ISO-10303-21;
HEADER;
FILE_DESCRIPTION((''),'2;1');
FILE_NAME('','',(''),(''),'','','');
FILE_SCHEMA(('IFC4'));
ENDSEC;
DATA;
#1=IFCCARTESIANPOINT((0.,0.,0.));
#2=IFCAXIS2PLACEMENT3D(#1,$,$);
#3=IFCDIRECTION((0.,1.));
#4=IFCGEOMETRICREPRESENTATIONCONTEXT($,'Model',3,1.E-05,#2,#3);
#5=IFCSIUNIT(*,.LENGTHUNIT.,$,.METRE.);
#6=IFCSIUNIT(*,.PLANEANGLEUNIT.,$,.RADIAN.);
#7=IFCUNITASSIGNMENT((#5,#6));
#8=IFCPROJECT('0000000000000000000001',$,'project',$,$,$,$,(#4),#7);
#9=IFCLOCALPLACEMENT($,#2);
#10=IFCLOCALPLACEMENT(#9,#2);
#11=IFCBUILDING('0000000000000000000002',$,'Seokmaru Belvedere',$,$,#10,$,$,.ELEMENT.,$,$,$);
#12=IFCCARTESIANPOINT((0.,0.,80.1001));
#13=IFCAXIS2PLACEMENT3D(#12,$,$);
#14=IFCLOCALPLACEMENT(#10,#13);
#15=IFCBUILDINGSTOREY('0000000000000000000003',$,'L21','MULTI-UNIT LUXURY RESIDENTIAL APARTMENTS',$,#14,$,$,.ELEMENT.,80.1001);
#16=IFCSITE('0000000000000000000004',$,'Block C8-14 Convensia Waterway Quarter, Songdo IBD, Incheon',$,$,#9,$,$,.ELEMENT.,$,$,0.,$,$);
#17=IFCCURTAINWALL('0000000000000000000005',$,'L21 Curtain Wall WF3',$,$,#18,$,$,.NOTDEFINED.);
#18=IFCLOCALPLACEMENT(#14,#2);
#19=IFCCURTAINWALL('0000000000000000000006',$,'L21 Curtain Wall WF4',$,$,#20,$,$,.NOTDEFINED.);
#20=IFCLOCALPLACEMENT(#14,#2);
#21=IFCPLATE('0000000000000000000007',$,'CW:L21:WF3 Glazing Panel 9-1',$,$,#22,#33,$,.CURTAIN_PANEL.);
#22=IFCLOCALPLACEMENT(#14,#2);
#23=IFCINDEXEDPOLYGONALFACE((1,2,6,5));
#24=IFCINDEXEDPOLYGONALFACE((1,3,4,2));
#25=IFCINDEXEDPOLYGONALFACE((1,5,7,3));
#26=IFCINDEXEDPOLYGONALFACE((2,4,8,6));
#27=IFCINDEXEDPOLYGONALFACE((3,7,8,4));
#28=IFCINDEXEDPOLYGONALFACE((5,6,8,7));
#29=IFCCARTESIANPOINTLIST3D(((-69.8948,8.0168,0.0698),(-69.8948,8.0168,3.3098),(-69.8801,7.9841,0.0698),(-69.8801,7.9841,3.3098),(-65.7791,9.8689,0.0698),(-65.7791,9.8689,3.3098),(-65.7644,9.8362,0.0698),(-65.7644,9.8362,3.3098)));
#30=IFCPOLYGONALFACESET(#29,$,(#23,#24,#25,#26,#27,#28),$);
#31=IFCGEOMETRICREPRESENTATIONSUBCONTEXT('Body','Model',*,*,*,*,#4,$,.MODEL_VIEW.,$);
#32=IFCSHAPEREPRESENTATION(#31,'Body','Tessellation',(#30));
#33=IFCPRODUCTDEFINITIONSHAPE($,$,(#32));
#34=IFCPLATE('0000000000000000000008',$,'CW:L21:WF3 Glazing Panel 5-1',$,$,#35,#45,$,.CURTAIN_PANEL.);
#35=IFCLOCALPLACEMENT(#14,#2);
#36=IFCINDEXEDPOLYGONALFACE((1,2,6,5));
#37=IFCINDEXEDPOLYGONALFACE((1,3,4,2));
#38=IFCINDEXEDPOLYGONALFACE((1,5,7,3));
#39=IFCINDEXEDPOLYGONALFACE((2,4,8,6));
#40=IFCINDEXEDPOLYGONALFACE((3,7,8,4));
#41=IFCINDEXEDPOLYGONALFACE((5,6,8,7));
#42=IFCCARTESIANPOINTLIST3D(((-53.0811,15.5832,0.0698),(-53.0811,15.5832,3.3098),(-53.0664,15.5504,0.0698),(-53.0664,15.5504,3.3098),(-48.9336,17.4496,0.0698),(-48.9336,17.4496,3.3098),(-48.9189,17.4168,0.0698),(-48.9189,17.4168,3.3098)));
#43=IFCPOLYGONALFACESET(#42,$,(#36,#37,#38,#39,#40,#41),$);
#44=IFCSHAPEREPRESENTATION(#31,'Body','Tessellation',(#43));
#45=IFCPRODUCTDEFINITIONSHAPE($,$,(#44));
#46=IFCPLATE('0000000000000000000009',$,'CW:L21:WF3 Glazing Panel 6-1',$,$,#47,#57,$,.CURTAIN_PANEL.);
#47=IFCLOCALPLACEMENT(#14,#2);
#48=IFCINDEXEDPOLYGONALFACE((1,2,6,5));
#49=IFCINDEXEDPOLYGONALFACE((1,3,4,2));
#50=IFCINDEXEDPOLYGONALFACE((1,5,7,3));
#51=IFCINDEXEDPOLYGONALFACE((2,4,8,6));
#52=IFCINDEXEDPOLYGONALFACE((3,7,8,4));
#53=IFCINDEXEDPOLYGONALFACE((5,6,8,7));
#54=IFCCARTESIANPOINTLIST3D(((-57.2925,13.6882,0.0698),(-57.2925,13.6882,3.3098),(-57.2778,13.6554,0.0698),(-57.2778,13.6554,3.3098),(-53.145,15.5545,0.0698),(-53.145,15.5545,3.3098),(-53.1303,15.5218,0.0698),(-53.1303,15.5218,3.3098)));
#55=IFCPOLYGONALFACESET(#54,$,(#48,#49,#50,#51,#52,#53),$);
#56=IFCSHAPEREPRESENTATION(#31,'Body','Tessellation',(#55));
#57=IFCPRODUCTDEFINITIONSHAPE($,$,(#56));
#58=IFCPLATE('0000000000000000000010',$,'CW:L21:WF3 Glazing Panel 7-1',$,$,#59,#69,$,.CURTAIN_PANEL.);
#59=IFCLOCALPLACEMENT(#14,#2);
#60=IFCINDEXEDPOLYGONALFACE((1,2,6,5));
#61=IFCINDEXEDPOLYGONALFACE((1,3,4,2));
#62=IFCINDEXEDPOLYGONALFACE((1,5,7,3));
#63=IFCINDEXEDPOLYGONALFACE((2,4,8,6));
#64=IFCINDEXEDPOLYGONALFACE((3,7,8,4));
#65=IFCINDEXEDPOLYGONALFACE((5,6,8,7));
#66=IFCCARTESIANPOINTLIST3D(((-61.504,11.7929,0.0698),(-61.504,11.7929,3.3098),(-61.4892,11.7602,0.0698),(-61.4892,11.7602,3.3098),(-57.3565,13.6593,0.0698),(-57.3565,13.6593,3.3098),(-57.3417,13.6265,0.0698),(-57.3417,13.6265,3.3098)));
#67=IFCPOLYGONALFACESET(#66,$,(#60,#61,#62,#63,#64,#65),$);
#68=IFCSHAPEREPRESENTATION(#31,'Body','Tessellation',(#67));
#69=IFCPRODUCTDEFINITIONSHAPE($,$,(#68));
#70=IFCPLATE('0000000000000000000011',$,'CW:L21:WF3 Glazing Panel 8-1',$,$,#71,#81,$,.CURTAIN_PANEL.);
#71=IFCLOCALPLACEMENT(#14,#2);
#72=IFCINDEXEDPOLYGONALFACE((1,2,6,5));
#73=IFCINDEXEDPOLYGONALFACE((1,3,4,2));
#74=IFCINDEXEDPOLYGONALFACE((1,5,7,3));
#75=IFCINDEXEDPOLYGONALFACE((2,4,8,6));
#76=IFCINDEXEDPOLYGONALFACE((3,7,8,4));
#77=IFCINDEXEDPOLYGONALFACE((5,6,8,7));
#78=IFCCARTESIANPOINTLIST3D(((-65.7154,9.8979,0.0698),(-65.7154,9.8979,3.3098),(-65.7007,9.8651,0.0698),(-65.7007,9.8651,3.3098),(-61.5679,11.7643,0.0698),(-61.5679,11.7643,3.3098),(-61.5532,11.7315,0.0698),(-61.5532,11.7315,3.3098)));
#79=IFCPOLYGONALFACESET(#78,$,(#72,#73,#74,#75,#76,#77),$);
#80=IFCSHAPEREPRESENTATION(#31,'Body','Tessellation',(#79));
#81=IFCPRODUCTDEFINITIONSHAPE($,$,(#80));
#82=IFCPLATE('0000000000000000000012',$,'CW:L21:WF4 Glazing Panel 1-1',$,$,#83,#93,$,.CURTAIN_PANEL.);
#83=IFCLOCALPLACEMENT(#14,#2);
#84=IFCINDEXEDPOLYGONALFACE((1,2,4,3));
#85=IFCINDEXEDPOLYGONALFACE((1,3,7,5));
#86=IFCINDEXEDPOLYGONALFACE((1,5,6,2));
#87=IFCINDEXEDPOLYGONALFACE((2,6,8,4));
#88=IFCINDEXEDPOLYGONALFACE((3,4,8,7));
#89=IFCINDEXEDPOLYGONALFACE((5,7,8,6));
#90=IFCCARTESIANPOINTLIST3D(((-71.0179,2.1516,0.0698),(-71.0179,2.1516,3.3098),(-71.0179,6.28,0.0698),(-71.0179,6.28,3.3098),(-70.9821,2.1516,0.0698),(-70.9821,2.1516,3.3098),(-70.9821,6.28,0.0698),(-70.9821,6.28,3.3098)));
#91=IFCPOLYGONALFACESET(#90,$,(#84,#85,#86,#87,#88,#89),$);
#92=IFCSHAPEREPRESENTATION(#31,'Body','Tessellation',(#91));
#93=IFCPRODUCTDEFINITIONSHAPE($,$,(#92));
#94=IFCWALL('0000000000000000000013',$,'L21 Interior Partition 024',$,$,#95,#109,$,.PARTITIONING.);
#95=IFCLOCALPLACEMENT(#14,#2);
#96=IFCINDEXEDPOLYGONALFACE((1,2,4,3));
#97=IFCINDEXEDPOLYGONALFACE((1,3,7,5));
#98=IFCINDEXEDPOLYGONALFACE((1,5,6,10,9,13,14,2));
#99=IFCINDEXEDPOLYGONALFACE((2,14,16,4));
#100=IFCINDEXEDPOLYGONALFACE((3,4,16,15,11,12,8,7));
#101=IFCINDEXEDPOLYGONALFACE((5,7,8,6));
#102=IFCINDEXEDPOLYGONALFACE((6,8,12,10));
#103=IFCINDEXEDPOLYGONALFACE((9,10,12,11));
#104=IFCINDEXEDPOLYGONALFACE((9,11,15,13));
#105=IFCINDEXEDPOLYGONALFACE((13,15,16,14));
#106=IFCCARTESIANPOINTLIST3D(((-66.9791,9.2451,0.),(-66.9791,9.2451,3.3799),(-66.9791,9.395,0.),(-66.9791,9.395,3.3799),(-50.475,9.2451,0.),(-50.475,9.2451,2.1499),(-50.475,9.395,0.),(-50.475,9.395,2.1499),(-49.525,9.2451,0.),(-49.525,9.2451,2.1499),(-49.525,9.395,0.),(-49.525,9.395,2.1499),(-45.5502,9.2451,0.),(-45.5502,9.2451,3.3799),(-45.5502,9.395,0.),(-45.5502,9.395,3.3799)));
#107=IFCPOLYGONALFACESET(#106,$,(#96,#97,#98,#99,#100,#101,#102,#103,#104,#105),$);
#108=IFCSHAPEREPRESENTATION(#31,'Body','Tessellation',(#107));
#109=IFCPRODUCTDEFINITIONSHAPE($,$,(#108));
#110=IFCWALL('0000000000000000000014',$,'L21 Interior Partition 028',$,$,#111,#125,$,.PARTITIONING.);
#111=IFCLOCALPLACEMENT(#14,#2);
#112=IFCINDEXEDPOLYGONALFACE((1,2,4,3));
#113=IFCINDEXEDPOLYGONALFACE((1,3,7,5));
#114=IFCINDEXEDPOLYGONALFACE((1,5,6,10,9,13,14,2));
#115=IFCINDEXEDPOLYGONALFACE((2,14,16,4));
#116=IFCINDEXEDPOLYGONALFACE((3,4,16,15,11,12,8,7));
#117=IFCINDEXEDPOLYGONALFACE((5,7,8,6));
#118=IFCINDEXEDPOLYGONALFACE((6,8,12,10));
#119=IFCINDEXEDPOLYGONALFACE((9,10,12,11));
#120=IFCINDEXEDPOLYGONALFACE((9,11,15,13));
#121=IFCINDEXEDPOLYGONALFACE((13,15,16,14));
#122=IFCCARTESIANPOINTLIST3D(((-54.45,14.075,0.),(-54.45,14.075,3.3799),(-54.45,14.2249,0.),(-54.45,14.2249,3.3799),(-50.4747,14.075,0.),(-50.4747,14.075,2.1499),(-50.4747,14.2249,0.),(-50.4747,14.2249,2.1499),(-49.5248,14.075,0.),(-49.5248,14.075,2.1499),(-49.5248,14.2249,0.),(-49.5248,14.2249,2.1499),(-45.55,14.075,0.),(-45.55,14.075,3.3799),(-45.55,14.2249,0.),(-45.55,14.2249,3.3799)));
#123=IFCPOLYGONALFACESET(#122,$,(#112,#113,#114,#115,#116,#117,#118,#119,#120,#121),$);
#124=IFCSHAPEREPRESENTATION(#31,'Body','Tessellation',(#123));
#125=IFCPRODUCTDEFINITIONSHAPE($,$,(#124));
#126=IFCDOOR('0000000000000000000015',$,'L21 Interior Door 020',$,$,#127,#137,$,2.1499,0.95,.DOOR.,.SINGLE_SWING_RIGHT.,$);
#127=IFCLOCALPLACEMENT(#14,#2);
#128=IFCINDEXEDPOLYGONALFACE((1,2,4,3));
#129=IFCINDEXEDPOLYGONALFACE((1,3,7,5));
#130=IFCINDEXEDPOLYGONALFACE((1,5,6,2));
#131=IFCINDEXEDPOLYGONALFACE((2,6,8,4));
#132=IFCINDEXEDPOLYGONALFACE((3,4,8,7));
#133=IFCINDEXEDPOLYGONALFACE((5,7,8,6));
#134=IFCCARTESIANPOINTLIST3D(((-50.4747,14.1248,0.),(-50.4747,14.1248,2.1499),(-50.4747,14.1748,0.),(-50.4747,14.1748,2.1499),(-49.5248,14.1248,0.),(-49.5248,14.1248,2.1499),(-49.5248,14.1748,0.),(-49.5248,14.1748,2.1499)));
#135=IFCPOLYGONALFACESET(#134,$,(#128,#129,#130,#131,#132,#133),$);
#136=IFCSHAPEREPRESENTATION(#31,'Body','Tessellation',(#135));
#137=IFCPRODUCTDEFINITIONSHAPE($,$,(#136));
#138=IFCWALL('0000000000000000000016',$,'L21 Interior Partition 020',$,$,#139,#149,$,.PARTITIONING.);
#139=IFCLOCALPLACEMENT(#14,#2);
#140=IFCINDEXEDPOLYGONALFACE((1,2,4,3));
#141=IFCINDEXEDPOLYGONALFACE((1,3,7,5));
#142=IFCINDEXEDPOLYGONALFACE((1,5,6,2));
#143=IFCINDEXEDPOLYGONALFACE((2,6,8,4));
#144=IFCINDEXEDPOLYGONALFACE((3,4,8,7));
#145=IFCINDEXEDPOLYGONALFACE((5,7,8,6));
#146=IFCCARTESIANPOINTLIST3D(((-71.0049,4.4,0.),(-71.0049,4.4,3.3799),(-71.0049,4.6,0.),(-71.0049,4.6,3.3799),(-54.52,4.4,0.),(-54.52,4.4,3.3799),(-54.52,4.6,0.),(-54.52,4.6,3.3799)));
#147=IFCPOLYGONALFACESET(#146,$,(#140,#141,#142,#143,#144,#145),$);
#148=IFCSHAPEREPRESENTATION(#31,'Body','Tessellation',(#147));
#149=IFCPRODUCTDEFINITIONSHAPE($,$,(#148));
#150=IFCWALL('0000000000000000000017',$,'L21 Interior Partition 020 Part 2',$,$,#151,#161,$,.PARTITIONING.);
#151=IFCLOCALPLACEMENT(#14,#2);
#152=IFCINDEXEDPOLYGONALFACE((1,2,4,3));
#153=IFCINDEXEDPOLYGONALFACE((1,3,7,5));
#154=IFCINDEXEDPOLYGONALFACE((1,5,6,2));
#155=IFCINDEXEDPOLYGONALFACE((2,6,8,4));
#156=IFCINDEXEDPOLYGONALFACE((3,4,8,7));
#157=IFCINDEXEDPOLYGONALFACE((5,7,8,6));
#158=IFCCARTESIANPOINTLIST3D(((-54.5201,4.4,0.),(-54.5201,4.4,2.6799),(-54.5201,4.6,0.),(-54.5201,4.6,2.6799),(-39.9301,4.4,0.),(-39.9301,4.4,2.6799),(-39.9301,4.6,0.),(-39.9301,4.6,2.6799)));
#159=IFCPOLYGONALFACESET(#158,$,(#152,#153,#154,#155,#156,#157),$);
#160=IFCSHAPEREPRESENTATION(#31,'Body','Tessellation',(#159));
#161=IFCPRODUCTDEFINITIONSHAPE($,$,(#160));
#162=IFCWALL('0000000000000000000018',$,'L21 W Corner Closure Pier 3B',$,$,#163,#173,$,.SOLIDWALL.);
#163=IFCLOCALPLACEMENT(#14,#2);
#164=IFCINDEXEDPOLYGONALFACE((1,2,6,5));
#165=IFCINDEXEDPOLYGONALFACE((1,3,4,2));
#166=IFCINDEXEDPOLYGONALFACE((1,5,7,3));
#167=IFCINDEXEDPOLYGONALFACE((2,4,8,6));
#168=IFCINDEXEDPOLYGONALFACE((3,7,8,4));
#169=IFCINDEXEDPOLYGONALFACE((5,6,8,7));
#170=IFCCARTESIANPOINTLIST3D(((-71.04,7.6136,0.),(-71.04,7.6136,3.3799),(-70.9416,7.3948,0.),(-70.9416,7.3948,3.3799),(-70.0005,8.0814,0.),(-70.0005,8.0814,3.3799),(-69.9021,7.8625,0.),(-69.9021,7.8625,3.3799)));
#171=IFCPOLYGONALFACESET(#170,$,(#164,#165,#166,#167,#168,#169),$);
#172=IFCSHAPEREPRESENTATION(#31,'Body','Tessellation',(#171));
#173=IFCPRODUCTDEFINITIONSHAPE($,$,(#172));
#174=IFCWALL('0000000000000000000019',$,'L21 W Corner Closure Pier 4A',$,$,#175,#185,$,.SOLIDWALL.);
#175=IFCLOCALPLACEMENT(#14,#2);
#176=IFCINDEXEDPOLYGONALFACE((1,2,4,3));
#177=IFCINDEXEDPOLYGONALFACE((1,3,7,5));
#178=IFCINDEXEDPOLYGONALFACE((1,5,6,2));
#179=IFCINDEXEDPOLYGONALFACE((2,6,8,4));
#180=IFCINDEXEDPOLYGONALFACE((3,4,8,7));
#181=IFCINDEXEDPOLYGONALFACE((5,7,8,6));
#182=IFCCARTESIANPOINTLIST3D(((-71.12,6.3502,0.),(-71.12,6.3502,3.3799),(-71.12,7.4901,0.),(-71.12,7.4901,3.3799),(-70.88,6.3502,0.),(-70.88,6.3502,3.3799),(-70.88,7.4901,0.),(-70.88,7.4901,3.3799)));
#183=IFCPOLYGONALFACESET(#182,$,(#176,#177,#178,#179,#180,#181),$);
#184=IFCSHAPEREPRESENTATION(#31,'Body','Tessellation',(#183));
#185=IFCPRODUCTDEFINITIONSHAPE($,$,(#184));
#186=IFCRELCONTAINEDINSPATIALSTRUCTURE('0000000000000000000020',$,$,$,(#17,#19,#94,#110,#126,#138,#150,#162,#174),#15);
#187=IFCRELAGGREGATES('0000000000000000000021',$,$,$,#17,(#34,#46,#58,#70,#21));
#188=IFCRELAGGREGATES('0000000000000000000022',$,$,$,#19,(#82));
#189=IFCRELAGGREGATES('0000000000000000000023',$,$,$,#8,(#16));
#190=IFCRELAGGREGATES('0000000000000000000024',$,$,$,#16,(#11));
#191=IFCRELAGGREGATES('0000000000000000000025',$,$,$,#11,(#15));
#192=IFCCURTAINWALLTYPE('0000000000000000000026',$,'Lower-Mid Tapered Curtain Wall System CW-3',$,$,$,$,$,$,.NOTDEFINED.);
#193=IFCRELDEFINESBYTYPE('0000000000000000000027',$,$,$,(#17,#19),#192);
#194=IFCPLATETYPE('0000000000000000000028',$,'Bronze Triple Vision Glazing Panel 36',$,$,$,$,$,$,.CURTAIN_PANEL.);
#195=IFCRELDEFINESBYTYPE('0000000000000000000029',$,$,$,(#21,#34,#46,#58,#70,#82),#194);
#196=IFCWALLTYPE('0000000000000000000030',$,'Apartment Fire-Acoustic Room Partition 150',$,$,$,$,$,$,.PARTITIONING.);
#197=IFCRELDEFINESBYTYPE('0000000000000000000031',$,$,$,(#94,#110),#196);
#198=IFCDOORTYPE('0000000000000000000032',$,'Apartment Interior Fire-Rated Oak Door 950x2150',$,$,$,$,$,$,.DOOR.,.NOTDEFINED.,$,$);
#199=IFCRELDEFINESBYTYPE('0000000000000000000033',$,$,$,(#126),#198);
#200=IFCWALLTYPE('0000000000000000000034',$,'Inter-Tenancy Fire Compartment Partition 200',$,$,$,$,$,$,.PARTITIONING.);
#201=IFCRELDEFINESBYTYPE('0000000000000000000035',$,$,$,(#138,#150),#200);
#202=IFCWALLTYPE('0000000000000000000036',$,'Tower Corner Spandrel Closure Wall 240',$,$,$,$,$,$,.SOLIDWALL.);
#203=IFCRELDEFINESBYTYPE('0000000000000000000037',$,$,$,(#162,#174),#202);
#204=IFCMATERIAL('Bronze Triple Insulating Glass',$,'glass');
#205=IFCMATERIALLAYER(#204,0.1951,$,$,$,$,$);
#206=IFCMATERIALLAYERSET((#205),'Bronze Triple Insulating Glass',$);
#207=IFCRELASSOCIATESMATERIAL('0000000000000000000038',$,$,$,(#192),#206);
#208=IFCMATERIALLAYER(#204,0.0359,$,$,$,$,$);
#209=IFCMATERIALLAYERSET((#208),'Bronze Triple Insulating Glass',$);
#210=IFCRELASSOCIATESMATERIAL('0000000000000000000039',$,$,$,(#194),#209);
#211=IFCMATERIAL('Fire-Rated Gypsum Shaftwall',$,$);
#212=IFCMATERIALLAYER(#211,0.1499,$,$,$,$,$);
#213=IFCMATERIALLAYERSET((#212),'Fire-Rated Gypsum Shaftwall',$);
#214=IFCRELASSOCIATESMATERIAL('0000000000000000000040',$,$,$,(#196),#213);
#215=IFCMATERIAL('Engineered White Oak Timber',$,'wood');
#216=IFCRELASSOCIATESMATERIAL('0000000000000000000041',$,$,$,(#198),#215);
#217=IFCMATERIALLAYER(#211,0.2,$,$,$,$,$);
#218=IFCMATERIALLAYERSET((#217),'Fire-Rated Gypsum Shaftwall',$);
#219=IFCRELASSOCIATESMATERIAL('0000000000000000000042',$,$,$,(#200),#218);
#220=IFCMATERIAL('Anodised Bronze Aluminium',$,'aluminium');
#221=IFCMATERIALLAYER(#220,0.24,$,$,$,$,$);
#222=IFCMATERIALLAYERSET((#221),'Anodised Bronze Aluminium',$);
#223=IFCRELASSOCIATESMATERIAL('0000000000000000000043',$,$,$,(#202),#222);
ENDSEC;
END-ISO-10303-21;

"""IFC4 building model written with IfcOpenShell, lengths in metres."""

from ifc_helpers import new_model, si_unit, direction, frame, frame_2d, origin, origin_2d, place, context, subcontext, project, spatial, rectangle, extrude, source, transform, mapped, material, layer, layer_set, type_object, type_shapes, element, fill, aggregate, save


model = new_model("IFC4")

# Units and contexts
model_context = context("Model", 3, precision=1e-05, world=origin(), true_north=direction((0.0, 1.0)))
body_context = subcontext(model_context, "Body", "Model", "MODEL_VIEW")
ifc_project = project(units=[si_unit("LENGTHUNIT", "METRE"), si_unit("PLANEANGLEUNIT", "RADIAN")], contexts=[model_context])

# Site, building, storey
site_placement = place(None, origin())
site = spatial("IfcSite", under=ifc_project, at=site_placement, Name="Block C8-14 Convensia Waterway Quarter, Songdo IBD, Incheon", CompositionType="ELEMENT", RefElevation=0.0)
building_placement = place(site_placement, origin())
building = spatial("IfcBuilding", under=site, at=building_placement, Name="Seokmaru Belvedere", CompositionType="ELEMENT")
storey_placement = place(building_placement, frame((0.0, 0.0, 80.1001)))
storey = spatial("IfcBuildingStorey", under=building, at=storey_placement, Name="L21", Description="MULTI-UNIT LUXURY RESIDENTIAL APARTMENTS", CompositionType="ELEMENT", Elevation=80.1001)

# Curtain walls
ifc_material_1 = material(Name="Bronze Triple Insulating Glass", Category="glass")
ifc_layer_1 = layer(ifc_material_1, 0.1951)
ifc_layer_set_1 = layer_set([ifc_layer_1], Name="Bronze Triple Insulating Glass")
curtain_wall_type = type_object("IfcCurtainWallType", Name="Lower-Mid Tapered Curtain Wall System CW-3", PredefinedType="NOTDEFINED", material=ifc_layer_set_1)
curtain_wall_1_placement = place(storey_placement, origin())
curtain_wall_1 = element("IfcCurtainWall", 1, at=curtain_wall_1_placement, inside=storey, type_object=curtain_wall_type, Name="L21 Curtain Wall WF3", PredefinedType="NOTDEFINED")
ifc_material_2 = material(Name="Anodised Bronze Aluminium", Category="aluminium")
curtain_wall_2_placement = place(storey_placement, origin())
curtain_wall_2 = element("IfcCurtainWall", 2, at=curtain_wall_2_placement, inside=storey, type_object=curtain_wall_type, Name="L21 Curtain Wall WF4", PredefinedType="NOTDEFINED")

# Plates
ifc_layer_2 = layer(ifc_material_1, 0.0359)
ifc_layer_set_2 = layer_set([ifc_layer_2], Name="Bronze Triple Insulating Glass")
plate_type = type_object("IfcPlateType", Name="Bronze Triple Vision Glazing Panel 36", PredefinedType="CURTAIN_PANEL", material=ifc_layer_set_2)
shared_shape_1 = source(origin(), body_context, "Body", "SweptSolid", [
    extrude(rectangle(XDim=4.5132, YDim=0.0359, at=origin_2d()), origin(), (0.0, 0.0, 1.0), 3.24),
])
plate_1_placement = place(storey_placement, frame((-67.8296, 8.9265, 0.0698), z_axis=(0.0, 0.0, 1.0), x_axis=(-0.911921, -0.410366, 0.0)))
plate_1 = element("IfcPlate", 3, at=plate_1_placement, type_object=plate_type, Name="CW:L21:WF3 Glazing Panel 9-1", PredefinedType="CURTAIN_PANEL", context=body_context, shape_type="MappedRepresentation", body=[
    mapped(shared_shape_1, transform((0.0, 0.0, 0.0), scale=1.0)),
])
shared_shape_2 = source(origin(), body_context, "Body", "SweptSolid", [
    extrude(rectangle(XDim=4.5481, YDim=0.0359, at=origin_2d()), origin(), (0.0, 0.0, 1.0), 3.24),
])
plate_2_placement = place(storey_placement, frame((-51.0, 16.5, 0.0698), z_axis=(0.0, 0.0, 1.0), x_axis=(-0.911921, -0.410366, 0.0)))
plate_2 = element("IfcPlate", 4, at=plate_2_placement, type_object=plate_type, Name="CW:L21:WF3 Glazing Panel 5-1", PredefinedType="CURTAIN_PANEL", context=body_context, shape_type="MappedRepresentation", body=[
    mapped(shared_shape_2, transform((0.0, 0.0, 0.0), scale=1.0)),
])
plate_3_placement = place(storey_placement, frame((-55.2114, 14.605, 0.0698), z_axis=(0.0, 0.0, 1.0), x_axis=(-0.911921, -0.410366, 0.0)))
plate_3 = element("IfcPlate", 5, at=plate_3_placement, type_object=plate_type, Name="CW:L21:WF3 Glazing Panel 6-1", PredefinedType="CURTAIN_PANEL", context=body_context, shape_type="MappedRepresentation", body=[
    mapped(shared_shape_2, transform((0.0, 0.0, 0.0), scale=1.0)),
])
plate_4_placement = place(storey_placement, frame((-59.4229, 12.7097, 0.0698), z_axis=(0.0, 0.0, 1.0), x_axis=(-0.911921, -0.410366, 0.0)))
plate_4 = element("IfcPlate", 6, at=plate_4_placement, type_object=plate_type, Name="CW:L21:WF3 Glazing Panel 7-1", PredefinedType="CURTAIN_PANEL", context=body_context, shape_type="MappedRepresentation", body=[
    mapped(shared_shape_2, transform((0.0, 0.0, 0.0), scale=1.0)),
])
plate_5_placement = place(storey_placement, frame((-63.6343, 10.8147, 0.0698), z_axis=(0.0, 0.0, 1.0), x_axis=(-0.911921, -0.410366, 0.0)))
plate_5 = element("IfcPlate", 7, at=plate_5_placement, type_object=plate_type, Name="CW:L21:WF3 Glazing Panel 8-1", PredefinedType="CURTAIN_PANEL", context=body_context, shape_type="MappedRepresentation", body=[
    mapped(shared_shape_2, transform((0.0, 0.0, 0.0), scale=1.0)),
])
aggregate(curtain_wall_1, [plate_2, plate_3, plate_4, plate_5, plate_1])
shared_shape_3 = source(origin(), body_context, "Body", "SweptSolid", [
    extrude(rectangle(XDim=4.1284, YDim=0.0359, at=origin_2d()), origin(), (0.0, 0.0, 1.0), 3.24),
])
type_shapes(plate_type, [shared_shape_1, shared_shape_2, shared_shape_3])
plate_6_placement = place(storey_placement, frame((-71.0, 4.2158, 0.0698), z_axis=(0.0, 0.0, 1.0), x_axis=(0.0, -1.0, 0.0)))
plate_6 = element("IfcPlate", 8, at=plate_6_placement, type_object=plate_type, Name="CW:L21:WF4 Glazing Panel 1-1", PredefinedType="CURTAIN_PANEL", context=body_context, shape_type="MappedRepresentation", body=[
    mapped(shared_shape_3, transform((0.0, 0.0, 0.0), scale=1.0)),
])
aggregate(curtain_wall_2, [plate_6])

# Wall, opening
ifc_material_3 = material(Name="Fire-Rated Gypsum Shaftwall")
ifc_layer_3 = layer(ifc_material_3, 0.1499)
ifc_layer_set_3 = layer_set([ifc_layer_3], Name="Fire-Rated Gypsum Shaftwall")
wall_type_1 = type_object("IfcWallType", Name="Apartment Fire-Acoustic Room Partition 150", PredefinedType="PARTITIONING", material=ifc_layer_set_3)
wall_1_placement = place(storey_placement, frame((-66.979, 9.3201, 0.0), z_axis=(0.0, 0.0, 1.0), x_axis=(1.0, 0.0, 0.0)))
wall_1 = element("IfcWall", 9, at=wall_1_placement, inside=storey, type_object=wall_type_1, Name="L21 Interior Partition 024", PredefinedType="PARTITIONING", context=body_context, shape_type="SweptSolid", body=[
    extrude(rectangle(XDim=21.429, YDim=0.1499, at=frame_2d((10.7144, 0.0))), origin(), (0.0, 0.0, 1.0), 3.3799),
])
opening_1_placement = place(wall_1_placement, frame((16.5039, 0.0, 0.0)))
element("IfcOpeningElement", 10, at=opening_1_placement, cuts=wall_1, PredefinedType="OPENING", context=body_context, shape_type="SweptSolid", body=[
    extrude(rectangle(XDim=0.95, YDim=2.1499, at=frame_2d((0.4751, 1.075))), frame((0.0, 0.085, 0.0), z_axis=(0.0, -1.0, 0.0), x_axis=(1.0, 0.0, 0.0)), (0.0, 0.0, 1.0), 0.1699),
])

# Wall, opening, door
wall_2_placement = place(storey_placement, frame((-54.45, 14.1499, 0.0), z_axis=(0.0, 0.0, 1.0), x_axis=(1.0, 0.0, 0.0)))
wall_2 = element("IfcWall", 11, at=wall_2_placement, inside=storey, type_object=wall_type_1, Name="L21 Interior Partition 028", PredefinedType="PARTITIONING", context=body_context, shape_type="SweptSolid", body=[
    extrude(rectangle(XDim=8.8999, YDim=0.1499, at=frame_2d((4.45, 0.0))), origin(), (0.0, 0.0, 1.0), 3.3799),
])
opening_2_placement = place(wall_2_placement, frame((3.9751, 0.0, 0.0)))
opening_2 = element("IfcOpeningElement", 12, at=opening_2_placement, cuts=wall_2, PredefinedType="OPENING", context=body_context, shape_type="SweptSolid", body=[
    extrude(rectangle(XDim=0.95, YDim=2.1499, at=frame_2d((0.4751, 1.075))), frame((0.0, 0.085, 0.0), z_axis=(0.0, -1.0, 0.0), x_axis=(1.0, 0.0, 0.0)), (0.0, 0.0, 1.0), 0.1699),
])
ifc_material_4 = material(Name="Engineered White Oak Timber", Category="wood")
door_type = type_object("IfcDoorType", Name="Apartment Interior Fire-Rated Oak Door 950x2150", OperationType="NOTDEFINED", PredefinedType="DOOR", material=ifc_material_4)
shared_shape_4 = source(origin(), body_context, "Body", "SweptSolid", [
    extrude(rectangle(XDim=0.95, YDim=2.1499, at=frame_2d((0.4751, 1.075))), frame((0.0, 0.0249, 0.0), z_axis=(0.0, -1.0, 0.0), x_axis=(1.0, 0.0, 0.0)), (0.0, 0.0, 1.0), 0.05),
])
type_shapes(door_type, [shared_shape_4])
door_placement = place(opening_2_placement, origin())
door = element("IfcDoor", 13, at=door_placement, inside=storey, type_object=door_type, Name="L21 Interior Door 020", OperationType="SINGLE_SWING_RIGHT", OverallHeight=2.1499, OverallWidth=0.95, PredefinedType="DOOR", context=body_context, shape_type="MappedRepresentation", body=[
    mapped(shared_shape_4, transform((0.0, 0.0, 0.0), scale=1.0)),
])
fill(opening_2, door)

# Walls
ifc_layer_4 = layer(ifc_material_3, 0.2)
ifc_layer_set_4 = layer_set([ifc_layer_4], Name="Fire-Rated Gypsum Shaftwall")
wall_type_2 = type_object("IfcWallType", Name="Inter-Tenancy Fire Compartment Partition 200", PredefinedType="PARTITIONING", material=ifc_layer_set_4)
wall_3_placement = place(storey_placement, frame((-71.0049, 4.5, 0.0), z_axis=(0.0, 0.0, 1.0), x_axis=(1.0, 0.0, 0.0)))
element("IfcWall", 14, at=wall_3_placement, inside=storey, type_object=wall_type_2, Name="L21 Interior Partition 020", PredefinedType="PARTITIONING", context=body_context, shape_type="SweptSolid", body=[
    extrude(rectangle(XDim=16.4849, YDim=0.2, at=frame_2d((8.2424, 0.0))), origin(), (0.0, 0.0, 1.0), 3.3799),
])
wall_4_placement = place(storey_placement, frame((-54.52, 4.5, 0.0), z_axis=(0.0, 0.0, 1.0), x_axis=(1.0, 0.0, 0.0)))
element("IfcWall", 15, at=wall_4_placement, inside=storey, type_object=wall_type_2, Name="L21 Interior Partition 020 Part 2", PredefinedType="PARTITIONING", context=body_context, shape_type="SweptSolid", body=[
    extrude(rectangle(XDim=14.5901, YDim=0.2, at=frame_2d((7.2949, 0.0))), origin(), (0.0, 0.0, 1.0), 2.6799),
])
ifc_layer_5 = layer(ifc_material_2, 0.24)
ifc_layer_set_5 = layer_set([ifc_layer_5], Name="Anodised Bronze Aluminium")
wall_type_3 = type_object("IfcWallType", Name="Tower Corner Spandrel Closure Wall 240", PredefinedType="SOLIDWALL", material=ifc_layer_set_5)
for number, where, z_axis, x_axis, name in (
    (16, (-69.9514, 7.9719, 0.0), (0.0, 0.0, 1.0), (-0.91193, -0.410347, 0.0), "L21 W Corner Closure Pier 3B"),
    (17, (-71.0, 7.49, 0.0), (0.0, 0.0, 1.0), (0.0, -1.0, 0.0), "L21 W Corner Closure Pier 4A"),
):
    element("IfcWall", number, at=place(storey_placement, frame(where, z_axis=z_axis, x_axis=x_axis)), inside=storey, type_object=wall_type_3, Name=name, PredefinedType="SOLIDWALL", context=body_context, shape_type="SweptSolid", body=[
        extrude(rectangle(XDim=1.1399, YDim=0.24, at=frame_2d((0.5698, 0.0))), origin(), (0.0, 0.0, 1.0), 3.3799),
    ])

save(model, "model.ifc")
